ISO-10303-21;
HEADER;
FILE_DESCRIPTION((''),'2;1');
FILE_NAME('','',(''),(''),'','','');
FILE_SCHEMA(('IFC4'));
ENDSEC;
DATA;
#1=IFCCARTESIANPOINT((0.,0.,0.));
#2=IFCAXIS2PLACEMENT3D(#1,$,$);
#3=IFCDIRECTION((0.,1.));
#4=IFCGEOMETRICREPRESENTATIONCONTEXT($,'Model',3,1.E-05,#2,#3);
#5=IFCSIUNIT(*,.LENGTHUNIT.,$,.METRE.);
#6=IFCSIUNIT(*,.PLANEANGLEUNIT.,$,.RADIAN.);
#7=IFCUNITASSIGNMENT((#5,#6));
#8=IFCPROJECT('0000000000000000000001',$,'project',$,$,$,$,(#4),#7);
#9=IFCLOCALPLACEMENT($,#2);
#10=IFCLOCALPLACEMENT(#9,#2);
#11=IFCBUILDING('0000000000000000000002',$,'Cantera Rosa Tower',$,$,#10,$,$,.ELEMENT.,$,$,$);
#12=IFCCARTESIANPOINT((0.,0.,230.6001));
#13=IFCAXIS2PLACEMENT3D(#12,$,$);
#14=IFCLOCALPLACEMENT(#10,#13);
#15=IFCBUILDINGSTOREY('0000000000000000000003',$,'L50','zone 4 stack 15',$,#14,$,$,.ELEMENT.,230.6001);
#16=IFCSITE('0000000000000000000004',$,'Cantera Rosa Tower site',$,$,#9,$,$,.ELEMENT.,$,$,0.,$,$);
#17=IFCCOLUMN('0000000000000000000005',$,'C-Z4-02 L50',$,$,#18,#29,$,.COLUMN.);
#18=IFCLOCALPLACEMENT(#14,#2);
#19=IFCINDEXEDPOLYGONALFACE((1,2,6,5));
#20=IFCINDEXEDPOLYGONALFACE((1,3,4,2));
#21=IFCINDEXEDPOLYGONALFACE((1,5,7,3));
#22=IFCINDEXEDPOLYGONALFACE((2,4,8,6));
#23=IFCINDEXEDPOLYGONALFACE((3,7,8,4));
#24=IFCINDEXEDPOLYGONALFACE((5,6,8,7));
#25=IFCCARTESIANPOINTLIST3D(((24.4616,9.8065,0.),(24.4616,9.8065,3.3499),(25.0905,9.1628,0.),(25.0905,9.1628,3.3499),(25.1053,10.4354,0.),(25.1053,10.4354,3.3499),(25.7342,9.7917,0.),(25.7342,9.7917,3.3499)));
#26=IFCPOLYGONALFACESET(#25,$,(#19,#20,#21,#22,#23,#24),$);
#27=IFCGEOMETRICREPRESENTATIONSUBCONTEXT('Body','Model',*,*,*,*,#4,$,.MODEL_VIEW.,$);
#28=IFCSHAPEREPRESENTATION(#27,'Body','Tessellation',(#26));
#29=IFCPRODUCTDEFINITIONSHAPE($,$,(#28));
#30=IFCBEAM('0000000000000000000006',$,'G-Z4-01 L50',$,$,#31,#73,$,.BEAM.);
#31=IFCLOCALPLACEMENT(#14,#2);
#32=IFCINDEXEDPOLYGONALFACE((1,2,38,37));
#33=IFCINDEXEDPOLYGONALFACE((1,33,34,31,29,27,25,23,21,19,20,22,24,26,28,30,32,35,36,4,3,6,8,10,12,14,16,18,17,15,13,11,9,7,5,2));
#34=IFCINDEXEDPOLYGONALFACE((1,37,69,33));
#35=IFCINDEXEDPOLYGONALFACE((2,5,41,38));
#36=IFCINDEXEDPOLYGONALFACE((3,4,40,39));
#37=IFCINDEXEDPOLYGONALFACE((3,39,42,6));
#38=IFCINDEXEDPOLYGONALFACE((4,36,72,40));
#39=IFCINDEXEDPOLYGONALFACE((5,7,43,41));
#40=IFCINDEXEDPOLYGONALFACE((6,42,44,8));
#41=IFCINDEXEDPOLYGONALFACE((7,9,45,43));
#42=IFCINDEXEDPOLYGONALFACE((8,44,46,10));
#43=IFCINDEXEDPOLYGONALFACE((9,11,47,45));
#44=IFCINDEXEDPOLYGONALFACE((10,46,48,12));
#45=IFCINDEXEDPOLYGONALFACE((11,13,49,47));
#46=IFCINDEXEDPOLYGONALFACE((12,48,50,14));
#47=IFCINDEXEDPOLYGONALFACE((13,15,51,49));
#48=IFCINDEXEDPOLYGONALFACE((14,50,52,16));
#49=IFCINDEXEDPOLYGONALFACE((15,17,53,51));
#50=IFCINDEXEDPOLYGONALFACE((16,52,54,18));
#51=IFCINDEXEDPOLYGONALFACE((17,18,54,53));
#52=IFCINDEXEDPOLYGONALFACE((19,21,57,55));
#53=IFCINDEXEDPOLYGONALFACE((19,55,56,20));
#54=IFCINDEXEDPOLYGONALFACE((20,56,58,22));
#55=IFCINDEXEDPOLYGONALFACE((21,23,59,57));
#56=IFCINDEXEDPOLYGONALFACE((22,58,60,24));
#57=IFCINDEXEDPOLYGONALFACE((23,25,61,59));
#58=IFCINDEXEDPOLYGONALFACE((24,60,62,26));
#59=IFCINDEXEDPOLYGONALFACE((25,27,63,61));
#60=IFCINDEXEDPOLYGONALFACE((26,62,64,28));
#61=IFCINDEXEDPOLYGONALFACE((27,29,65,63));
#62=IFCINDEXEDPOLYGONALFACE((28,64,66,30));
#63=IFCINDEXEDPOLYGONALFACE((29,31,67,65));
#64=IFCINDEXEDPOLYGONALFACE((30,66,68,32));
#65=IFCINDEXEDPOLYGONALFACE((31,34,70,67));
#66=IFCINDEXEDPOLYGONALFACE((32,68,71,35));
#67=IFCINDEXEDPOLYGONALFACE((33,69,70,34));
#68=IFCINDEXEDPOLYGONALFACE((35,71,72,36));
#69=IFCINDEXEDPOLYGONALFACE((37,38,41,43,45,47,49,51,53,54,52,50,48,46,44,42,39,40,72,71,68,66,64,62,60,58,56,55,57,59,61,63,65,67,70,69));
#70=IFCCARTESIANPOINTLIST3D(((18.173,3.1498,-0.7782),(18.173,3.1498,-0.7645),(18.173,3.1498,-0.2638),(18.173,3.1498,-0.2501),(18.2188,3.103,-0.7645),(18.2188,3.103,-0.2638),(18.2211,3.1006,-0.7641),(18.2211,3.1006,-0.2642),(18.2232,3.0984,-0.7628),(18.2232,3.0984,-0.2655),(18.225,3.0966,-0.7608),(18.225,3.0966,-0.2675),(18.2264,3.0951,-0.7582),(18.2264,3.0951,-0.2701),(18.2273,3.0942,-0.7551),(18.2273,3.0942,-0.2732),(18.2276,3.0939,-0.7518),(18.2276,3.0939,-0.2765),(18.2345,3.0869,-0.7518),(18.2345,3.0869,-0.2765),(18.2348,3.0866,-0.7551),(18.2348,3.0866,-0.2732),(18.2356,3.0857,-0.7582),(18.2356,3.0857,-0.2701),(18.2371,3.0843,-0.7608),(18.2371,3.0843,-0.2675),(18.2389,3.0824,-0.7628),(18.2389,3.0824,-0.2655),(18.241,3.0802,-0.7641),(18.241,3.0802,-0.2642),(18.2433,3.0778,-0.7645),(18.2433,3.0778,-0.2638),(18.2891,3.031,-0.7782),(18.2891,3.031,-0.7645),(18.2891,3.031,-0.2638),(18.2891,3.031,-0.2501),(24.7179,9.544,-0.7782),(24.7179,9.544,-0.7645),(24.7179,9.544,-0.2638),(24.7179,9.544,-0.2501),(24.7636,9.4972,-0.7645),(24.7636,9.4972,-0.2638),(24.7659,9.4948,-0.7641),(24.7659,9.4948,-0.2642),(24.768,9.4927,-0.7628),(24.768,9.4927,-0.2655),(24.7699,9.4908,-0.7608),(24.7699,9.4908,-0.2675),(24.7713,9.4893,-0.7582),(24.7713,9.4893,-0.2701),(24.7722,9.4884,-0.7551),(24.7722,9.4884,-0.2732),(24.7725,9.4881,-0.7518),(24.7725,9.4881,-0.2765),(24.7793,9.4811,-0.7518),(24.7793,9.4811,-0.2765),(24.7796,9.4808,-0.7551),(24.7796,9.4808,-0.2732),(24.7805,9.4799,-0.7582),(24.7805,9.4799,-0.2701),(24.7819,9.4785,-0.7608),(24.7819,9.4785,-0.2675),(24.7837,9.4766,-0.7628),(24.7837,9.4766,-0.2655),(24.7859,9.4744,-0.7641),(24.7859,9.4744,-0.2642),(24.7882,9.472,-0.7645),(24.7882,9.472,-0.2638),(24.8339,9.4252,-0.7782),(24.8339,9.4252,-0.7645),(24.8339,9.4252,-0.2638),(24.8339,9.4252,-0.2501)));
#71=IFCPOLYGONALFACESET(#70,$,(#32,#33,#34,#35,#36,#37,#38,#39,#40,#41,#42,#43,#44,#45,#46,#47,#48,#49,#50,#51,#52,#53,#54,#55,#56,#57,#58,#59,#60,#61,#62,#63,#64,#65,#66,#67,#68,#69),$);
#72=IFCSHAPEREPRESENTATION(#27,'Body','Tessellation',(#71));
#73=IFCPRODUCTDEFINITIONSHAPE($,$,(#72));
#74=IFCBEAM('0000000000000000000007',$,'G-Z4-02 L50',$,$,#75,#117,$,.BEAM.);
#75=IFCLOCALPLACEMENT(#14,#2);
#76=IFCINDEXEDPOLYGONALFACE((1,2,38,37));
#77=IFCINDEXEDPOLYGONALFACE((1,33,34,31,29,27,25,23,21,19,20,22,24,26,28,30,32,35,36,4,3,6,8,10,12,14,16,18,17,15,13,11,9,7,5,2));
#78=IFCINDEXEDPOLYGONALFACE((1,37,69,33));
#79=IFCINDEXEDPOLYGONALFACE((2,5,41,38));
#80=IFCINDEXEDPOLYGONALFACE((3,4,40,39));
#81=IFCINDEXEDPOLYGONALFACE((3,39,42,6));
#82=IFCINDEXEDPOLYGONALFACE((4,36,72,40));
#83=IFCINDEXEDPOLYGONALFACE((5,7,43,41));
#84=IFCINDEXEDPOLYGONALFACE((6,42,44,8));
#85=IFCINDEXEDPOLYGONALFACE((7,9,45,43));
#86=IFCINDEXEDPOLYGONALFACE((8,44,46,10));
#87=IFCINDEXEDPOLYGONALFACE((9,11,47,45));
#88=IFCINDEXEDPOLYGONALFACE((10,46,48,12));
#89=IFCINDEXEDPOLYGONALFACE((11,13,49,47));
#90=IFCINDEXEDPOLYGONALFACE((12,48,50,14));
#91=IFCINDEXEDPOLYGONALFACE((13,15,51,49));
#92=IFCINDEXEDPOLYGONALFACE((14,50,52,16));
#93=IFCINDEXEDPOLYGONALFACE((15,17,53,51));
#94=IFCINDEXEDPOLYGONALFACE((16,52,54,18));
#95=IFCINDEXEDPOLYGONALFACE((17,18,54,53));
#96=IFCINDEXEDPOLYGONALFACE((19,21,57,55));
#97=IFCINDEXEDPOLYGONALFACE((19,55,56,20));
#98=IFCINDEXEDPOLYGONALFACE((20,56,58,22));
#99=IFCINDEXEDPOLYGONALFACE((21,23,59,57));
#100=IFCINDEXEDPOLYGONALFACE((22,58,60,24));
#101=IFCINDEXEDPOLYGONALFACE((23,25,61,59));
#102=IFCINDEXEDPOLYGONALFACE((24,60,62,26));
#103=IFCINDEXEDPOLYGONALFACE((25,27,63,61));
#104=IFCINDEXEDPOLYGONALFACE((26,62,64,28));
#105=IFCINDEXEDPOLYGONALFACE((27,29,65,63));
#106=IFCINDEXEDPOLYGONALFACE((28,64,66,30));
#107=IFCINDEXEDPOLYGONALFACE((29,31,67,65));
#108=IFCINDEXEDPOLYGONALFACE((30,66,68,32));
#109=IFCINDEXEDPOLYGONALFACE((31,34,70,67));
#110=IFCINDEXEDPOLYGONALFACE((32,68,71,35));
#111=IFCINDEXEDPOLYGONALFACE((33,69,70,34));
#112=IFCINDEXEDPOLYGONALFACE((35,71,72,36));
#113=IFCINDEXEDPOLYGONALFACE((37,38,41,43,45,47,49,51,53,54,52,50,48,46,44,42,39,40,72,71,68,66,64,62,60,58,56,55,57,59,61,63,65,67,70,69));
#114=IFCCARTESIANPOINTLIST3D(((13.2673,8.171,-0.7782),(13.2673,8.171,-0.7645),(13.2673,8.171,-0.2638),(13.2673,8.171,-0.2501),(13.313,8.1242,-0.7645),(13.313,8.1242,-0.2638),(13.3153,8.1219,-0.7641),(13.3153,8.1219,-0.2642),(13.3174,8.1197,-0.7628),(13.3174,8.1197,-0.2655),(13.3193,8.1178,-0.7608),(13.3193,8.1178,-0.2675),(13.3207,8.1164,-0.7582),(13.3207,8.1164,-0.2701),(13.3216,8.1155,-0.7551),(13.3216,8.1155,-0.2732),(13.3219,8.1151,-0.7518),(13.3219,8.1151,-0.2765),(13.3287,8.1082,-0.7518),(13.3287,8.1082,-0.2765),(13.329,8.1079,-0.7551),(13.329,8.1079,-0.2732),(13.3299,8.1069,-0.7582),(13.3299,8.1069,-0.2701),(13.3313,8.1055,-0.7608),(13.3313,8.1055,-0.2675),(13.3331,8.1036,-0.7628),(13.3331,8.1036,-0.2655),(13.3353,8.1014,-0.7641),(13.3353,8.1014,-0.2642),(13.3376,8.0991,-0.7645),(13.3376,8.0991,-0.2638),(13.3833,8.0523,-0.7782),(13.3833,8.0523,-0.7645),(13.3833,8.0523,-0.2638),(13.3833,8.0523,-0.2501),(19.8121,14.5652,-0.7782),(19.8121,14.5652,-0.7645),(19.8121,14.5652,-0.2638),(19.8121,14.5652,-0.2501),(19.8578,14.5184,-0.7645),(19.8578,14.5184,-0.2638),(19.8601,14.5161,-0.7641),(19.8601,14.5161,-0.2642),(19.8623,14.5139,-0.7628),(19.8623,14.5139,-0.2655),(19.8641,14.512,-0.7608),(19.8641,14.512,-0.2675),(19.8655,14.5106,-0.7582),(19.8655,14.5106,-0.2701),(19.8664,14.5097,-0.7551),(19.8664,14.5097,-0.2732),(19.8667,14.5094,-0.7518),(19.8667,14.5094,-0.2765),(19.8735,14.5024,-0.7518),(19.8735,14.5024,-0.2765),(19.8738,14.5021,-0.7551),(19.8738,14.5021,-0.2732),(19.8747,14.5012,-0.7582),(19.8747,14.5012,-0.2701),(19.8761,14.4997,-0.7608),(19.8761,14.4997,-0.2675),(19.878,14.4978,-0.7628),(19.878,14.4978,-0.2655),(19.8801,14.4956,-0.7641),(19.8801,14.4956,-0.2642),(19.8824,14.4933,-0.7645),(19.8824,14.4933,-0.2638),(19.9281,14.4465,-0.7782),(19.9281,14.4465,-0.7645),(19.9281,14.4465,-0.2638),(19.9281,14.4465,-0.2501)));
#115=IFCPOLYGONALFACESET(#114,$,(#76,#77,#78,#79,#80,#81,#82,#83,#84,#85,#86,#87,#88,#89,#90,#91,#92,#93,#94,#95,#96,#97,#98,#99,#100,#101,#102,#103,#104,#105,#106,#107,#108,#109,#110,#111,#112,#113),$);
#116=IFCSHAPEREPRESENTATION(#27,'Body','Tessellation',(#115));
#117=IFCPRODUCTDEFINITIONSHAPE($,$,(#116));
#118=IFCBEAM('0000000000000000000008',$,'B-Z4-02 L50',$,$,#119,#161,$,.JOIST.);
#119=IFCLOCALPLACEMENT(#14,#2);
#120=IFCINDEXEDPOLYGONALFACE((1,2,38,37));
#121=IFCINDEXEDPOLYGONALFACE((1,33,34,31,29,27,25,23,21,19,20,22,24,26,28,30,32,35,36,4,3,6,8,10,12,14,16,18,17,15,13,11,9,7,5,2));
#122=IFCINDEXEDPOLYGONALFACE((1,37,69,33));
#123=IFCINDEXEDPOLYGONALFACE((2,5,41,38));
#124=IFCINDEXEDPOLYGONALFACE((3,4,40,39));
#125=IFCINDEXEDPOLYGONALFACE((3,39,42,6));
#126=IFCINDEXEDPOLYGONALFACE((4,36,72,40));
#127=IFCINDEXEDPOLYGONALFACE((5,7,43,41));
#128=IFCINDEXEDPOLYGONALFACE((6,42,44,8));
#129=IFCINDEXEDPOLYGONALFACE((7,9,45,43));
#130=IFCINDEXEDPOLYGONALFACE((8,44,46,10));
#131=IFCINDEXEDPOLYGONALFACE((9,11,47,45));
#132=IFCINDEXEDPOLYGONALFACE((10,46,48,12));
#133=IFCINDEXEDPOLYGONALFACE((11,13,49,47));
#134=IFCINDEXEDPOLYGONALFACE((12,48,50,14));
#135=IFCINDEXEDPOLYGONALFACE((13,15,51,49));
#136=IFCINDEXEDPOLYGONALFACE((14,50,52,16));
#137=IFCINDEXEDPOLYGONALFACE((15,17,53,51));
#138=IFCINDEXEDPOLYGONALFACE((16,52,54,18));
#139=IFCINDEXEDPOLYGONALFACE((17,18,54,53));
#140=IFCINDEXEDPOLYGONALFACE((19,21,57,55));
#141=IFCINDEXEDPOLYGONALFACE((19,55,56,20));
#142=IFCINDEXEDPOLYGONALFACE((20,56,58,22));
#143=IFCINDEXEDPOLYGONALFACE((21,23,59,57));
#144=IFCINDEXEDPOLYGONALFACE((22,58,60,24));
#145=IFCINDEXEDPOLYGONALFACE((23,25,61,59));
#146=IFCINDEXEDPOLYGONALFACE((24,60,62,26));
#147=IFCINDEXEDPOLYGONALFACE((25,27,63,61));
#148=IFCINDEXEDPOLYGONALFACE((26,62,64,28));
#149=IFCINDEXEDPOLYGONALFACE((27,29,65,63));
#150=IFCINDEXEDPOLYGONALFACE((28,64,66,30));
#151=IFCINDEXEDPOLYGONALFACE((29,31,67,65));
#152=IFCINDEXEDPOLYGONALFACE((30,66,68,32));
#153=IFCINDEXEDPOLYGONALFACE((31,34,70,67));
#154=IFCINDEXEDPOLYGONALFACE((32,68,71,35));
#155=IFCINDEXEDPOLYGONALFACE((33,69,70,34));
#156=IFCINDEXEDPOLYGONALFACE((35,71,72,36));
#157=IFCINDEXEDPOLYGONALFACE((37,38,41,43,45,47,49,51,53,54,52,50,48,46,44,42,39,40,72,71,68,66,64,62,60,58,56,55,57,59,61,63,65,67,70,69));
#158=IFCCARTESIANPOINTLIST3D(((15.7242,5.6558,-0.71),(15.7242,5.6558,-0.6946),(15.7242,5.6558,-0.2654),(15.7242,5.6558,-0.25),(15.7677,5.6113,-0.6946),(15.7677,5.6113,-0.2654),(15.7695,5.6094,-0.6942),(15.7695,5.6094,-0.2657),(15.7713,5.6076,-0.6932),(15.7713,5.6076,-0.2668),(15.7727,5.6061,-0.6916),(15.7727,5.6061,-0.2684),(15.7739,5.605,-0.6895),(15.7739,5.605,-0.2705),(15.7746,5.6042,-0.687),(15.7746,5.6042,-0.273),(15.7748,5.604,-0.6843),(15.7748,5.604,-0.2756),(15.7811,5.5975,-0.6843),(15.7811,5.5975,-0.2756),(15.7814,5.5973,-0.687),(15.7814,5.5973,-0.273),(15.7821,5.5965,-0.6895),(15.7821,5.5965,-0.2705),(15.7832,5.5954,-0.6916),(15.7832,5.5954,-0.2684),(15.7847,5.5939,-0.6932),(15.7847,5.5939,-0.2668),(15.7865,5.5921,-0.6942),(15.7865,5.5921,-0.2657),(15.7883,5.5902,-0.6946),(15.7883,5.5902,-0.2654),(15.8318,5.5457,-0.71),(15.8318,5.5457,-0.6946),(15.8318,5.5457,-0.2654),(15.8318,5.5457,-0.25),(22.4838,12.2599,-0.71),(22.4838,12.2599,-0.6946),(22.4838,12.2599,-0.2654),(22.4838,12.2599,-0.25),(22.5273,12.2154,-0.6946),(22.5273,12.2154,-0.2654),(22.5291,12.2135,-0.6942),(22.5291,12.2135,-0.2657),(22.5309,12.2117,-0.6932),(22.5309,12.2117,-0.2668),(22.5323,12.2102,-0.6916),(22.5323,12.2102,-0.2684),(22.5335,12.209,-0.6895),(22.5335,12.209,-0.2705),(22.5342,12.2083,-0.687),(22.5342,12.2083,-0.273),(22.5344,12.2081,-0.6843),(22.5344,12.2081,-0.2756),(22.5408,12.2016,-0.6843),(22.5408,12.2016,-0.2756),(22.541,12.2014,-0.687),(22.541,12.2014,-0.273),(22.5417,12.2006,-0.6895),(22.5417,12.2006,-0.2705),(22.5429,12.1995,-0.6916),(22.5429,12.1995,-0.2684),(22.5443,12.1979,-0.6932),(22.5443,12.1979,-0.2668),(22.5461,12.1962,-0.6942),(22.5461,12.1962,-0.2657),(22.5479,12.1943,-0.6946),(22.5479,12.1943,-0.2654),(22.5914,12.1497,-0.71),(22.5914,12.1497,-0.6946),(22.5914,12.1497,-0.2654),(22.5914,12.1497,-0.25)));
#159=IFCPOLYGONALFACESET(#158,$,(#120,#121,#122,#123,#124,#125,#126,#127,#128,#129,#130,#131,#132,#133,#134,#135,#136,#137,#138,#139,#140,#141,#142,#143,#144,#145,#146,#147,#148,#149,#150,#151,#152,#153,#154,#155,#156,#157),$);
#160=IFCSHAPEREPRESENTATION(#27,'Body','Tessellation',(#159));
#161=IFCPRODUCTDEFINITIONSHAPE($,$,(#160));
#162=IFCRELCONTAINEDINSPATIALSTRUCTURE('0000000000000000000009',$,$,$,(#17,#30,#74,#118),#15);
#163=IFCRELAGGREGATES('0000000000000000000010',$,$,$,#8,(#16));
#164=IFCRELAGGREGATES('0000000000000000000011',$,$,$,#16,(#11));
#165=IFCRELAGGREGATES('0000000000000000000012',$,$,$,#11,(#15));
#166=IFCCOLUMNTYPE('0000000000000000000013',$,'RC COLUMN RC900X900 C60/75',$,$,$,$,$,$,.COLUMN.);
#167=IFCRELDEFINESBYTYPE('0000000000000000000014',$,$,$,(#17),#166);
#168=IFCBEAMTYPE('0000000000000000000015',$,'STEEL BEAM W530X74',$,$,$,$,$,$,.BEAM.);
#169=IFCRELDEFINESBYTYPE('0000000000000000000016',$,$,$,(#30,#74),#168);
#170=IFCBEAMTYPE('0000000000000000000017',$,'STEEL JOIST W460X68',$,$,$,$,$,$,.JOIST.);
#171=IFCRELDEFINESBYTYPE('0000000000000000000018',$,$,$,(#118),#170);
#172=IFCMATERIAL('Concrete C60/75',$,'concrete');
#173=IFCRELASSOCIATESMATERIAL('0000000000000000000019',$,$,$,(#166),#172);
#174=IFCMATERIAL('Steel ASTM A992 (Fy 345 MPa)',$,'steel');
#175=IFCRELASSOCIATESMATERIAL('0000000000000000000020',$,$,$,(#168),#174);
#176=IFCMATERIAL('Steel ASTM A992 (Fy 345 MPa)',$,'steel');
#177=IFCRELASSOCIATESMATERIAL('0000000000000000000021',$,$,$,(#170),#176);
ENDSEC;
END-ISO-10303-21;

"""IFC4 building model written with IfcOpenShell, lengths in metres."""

from ifc_helpers import new_model, si_unit, direction, frame, origin, origin_2d, place, context, subcontext, project, spatial, rectangle, i_section, extrude, material, material_profile, profile_set, type_object, element, save


model = new_model("IFC4")

# Units and contexts
model_context = context("Model", 3, precision=1e-05, world=origin(), true_north=direction((0.0, 1.0)))
body_context = subcontext(model_context, "Body", "Model", "MODEL_VIEW")
ifc_project = project(units=[si_unit("LENGTHUNIT", "METRE"), si_unit("PLANEANGLEUNIT", "RADIAN")], contexts=[model_context])

# Site, building, storey
site_placement = place(None, origin())
site = spatial("IfcSite", under=ifc_project, at=site_placement, Name="Cantera Rosa Tower site", CompositionType="ELEMENT", RefElevation=0.0)
building_placement = place(site_placement, origin())
building = spatial("IfcBuilding", under=site, at=building_placement, Name="Cantera Rosa Tower", CompositionType="ELEMENT")
storey_placement = place(building_placement, frame((0.0, 0.0, 230.6001)))
storey = spatial("IfcBuildingStorey", under=building, at=storey_placement, Name="L50", Description="zone 4 stack 15", CompositionType="ELEMENT", Elevation=230.6001)

# Column
ifc_material_1 = material(Name="Concrete C60/75", Category="concrete")
ifc_material_profile_1 = material_profile(ifc_material_1, rectangle(XDim=0.8999, YDim=0.8999, at=origin_2d()), Name="RC COLUMN RC900X900 C60/75")
ifc_profile_set_1 = profile_set([ifc_material_profile_1], Name="Concrete C60/75")
column_type = type_object("IfcColumnType", Name="RC COLUMN RC900X900 C60/75", PredefinedType="COLUMN", material=ifc_profile_set_1)
column_placement = place(storey_placement, frame((25.0979, 9.7991, 0.0), z_axis=(0.0, 0.0, 1.0), x_axis=(0.715286, 0.698832, 0.0)))
element("IfcColumn", 1, at=column_placement, inside=storey, type_object=column_type, Name="C-Z4-02 L50", PredefinedType="COLUMN", context=body_context, shape_type="SweptSolid", body=[
    extrude(rectangle(XDim=0.8999, YDim=0.8999, at=origin_2d()), origin(), (0.0, 0.0, 1.0), 3.3499),
])

# Beams
ifc_material_2 = material(Name="Steel ASTM A992 (Fy 345 MPa)", Category="steel")
ifc_material_profile_2 = material_profile(ifc_material_2, i_section(OverallWidth=0.166, OverallDepth=0.5281, WebThickness=0.0098, FlangeThickness=0.0137, FilletRadius=0.0127, at=origin_2d()), Name="W530X74")
ifc_profile_set_2 = profile_set([ifc_material_profile_2], Name="Steel ASTM A992 (Fy 345 MPa)")
beam_type_1 = type_object("IfcBeamType", Name="STEEL BEAM W530X74", PredefinedType="BEAM", material=ifc_profile_set_2)
for number, where, z_axis, x_axis, name in (
    (2, (24.7759, 9.4846, -0.5142), (-0.71529, -0.698827, 0.0), (0.698827, -0.71529, 0.0), "G-Z4-01 L50"),
    (3, (19.8701, 14.5059, -0.5142), (-0.71529, -0.698827, 0.0), (0.698827, -0.71529, 0.0), "G-Z4-02 L50"),
):
    element("IfcBeam", number, at=place(storey_placement, frame(where, z_axis=z_axis, x_axis=x_axis)), inside=storey, type_object=beam_type_1, Name=name, PredefinedType="BEAM", context=body_context, shape_type="SweptSolid", body=[
        extrude(i_section(OverallWidth=0.166, OverallDepth=0.5281, WebThickness=0.0098, FlangeThickness=0.0137, FilletRadius=0.0127, at=origin_2d()), origin(), (0.0, 0.0, 1.0), 9.1499),
    ])
ifc_material_3 = material(Name="Steel ASTM A992 (Fy 345 MPa)", Category="steel")
ifc_material_profile_3 = material_profile(ifc_material_3, i_section(OverallWidth=0.1541, OverallDepth=0.46, WebThickness=0.009, FlangeThickness=0.0154, FilletRadius=0.0103, at=origin_2d()), Name="W460X68")
ifc_profile_set_3 = profile_set([ifc_material_profile_3], Name="Steel ASTM A992 (Fy 345 MPa)")
beam_type_2 = type_object("IfcBeamType", Name="STEEL JOIST W460X68", PredefinedType="JOIST", material=ifc_profile_set_3)
beam_1_placement = place(storey_placement, frame((22.5376, 12.2048, -0.48), z_axis=(-0.715287, -0.698831, 0.0), x_axis=(0.698831, -0.715287, 0.0)))
element("IfcBeam", 4, at=beam_1_placement, inside=storey, type_object=beam_type_2, Name="B-Z4-02 L50", PredefinedType="JOIST", context=body_context, shape_type="SweptSolid", body=[
    extrude(i_section(OverallWidth=0.1541, OverallDepth=0.46, WebThickness=0.009, FlangeThickness=0.0154, FilletRadius=0.0103, at=origin_2d()), origin(), (0.0, 0.0, 1.0), 9.4502),
])

save(model, "model.ifc")
